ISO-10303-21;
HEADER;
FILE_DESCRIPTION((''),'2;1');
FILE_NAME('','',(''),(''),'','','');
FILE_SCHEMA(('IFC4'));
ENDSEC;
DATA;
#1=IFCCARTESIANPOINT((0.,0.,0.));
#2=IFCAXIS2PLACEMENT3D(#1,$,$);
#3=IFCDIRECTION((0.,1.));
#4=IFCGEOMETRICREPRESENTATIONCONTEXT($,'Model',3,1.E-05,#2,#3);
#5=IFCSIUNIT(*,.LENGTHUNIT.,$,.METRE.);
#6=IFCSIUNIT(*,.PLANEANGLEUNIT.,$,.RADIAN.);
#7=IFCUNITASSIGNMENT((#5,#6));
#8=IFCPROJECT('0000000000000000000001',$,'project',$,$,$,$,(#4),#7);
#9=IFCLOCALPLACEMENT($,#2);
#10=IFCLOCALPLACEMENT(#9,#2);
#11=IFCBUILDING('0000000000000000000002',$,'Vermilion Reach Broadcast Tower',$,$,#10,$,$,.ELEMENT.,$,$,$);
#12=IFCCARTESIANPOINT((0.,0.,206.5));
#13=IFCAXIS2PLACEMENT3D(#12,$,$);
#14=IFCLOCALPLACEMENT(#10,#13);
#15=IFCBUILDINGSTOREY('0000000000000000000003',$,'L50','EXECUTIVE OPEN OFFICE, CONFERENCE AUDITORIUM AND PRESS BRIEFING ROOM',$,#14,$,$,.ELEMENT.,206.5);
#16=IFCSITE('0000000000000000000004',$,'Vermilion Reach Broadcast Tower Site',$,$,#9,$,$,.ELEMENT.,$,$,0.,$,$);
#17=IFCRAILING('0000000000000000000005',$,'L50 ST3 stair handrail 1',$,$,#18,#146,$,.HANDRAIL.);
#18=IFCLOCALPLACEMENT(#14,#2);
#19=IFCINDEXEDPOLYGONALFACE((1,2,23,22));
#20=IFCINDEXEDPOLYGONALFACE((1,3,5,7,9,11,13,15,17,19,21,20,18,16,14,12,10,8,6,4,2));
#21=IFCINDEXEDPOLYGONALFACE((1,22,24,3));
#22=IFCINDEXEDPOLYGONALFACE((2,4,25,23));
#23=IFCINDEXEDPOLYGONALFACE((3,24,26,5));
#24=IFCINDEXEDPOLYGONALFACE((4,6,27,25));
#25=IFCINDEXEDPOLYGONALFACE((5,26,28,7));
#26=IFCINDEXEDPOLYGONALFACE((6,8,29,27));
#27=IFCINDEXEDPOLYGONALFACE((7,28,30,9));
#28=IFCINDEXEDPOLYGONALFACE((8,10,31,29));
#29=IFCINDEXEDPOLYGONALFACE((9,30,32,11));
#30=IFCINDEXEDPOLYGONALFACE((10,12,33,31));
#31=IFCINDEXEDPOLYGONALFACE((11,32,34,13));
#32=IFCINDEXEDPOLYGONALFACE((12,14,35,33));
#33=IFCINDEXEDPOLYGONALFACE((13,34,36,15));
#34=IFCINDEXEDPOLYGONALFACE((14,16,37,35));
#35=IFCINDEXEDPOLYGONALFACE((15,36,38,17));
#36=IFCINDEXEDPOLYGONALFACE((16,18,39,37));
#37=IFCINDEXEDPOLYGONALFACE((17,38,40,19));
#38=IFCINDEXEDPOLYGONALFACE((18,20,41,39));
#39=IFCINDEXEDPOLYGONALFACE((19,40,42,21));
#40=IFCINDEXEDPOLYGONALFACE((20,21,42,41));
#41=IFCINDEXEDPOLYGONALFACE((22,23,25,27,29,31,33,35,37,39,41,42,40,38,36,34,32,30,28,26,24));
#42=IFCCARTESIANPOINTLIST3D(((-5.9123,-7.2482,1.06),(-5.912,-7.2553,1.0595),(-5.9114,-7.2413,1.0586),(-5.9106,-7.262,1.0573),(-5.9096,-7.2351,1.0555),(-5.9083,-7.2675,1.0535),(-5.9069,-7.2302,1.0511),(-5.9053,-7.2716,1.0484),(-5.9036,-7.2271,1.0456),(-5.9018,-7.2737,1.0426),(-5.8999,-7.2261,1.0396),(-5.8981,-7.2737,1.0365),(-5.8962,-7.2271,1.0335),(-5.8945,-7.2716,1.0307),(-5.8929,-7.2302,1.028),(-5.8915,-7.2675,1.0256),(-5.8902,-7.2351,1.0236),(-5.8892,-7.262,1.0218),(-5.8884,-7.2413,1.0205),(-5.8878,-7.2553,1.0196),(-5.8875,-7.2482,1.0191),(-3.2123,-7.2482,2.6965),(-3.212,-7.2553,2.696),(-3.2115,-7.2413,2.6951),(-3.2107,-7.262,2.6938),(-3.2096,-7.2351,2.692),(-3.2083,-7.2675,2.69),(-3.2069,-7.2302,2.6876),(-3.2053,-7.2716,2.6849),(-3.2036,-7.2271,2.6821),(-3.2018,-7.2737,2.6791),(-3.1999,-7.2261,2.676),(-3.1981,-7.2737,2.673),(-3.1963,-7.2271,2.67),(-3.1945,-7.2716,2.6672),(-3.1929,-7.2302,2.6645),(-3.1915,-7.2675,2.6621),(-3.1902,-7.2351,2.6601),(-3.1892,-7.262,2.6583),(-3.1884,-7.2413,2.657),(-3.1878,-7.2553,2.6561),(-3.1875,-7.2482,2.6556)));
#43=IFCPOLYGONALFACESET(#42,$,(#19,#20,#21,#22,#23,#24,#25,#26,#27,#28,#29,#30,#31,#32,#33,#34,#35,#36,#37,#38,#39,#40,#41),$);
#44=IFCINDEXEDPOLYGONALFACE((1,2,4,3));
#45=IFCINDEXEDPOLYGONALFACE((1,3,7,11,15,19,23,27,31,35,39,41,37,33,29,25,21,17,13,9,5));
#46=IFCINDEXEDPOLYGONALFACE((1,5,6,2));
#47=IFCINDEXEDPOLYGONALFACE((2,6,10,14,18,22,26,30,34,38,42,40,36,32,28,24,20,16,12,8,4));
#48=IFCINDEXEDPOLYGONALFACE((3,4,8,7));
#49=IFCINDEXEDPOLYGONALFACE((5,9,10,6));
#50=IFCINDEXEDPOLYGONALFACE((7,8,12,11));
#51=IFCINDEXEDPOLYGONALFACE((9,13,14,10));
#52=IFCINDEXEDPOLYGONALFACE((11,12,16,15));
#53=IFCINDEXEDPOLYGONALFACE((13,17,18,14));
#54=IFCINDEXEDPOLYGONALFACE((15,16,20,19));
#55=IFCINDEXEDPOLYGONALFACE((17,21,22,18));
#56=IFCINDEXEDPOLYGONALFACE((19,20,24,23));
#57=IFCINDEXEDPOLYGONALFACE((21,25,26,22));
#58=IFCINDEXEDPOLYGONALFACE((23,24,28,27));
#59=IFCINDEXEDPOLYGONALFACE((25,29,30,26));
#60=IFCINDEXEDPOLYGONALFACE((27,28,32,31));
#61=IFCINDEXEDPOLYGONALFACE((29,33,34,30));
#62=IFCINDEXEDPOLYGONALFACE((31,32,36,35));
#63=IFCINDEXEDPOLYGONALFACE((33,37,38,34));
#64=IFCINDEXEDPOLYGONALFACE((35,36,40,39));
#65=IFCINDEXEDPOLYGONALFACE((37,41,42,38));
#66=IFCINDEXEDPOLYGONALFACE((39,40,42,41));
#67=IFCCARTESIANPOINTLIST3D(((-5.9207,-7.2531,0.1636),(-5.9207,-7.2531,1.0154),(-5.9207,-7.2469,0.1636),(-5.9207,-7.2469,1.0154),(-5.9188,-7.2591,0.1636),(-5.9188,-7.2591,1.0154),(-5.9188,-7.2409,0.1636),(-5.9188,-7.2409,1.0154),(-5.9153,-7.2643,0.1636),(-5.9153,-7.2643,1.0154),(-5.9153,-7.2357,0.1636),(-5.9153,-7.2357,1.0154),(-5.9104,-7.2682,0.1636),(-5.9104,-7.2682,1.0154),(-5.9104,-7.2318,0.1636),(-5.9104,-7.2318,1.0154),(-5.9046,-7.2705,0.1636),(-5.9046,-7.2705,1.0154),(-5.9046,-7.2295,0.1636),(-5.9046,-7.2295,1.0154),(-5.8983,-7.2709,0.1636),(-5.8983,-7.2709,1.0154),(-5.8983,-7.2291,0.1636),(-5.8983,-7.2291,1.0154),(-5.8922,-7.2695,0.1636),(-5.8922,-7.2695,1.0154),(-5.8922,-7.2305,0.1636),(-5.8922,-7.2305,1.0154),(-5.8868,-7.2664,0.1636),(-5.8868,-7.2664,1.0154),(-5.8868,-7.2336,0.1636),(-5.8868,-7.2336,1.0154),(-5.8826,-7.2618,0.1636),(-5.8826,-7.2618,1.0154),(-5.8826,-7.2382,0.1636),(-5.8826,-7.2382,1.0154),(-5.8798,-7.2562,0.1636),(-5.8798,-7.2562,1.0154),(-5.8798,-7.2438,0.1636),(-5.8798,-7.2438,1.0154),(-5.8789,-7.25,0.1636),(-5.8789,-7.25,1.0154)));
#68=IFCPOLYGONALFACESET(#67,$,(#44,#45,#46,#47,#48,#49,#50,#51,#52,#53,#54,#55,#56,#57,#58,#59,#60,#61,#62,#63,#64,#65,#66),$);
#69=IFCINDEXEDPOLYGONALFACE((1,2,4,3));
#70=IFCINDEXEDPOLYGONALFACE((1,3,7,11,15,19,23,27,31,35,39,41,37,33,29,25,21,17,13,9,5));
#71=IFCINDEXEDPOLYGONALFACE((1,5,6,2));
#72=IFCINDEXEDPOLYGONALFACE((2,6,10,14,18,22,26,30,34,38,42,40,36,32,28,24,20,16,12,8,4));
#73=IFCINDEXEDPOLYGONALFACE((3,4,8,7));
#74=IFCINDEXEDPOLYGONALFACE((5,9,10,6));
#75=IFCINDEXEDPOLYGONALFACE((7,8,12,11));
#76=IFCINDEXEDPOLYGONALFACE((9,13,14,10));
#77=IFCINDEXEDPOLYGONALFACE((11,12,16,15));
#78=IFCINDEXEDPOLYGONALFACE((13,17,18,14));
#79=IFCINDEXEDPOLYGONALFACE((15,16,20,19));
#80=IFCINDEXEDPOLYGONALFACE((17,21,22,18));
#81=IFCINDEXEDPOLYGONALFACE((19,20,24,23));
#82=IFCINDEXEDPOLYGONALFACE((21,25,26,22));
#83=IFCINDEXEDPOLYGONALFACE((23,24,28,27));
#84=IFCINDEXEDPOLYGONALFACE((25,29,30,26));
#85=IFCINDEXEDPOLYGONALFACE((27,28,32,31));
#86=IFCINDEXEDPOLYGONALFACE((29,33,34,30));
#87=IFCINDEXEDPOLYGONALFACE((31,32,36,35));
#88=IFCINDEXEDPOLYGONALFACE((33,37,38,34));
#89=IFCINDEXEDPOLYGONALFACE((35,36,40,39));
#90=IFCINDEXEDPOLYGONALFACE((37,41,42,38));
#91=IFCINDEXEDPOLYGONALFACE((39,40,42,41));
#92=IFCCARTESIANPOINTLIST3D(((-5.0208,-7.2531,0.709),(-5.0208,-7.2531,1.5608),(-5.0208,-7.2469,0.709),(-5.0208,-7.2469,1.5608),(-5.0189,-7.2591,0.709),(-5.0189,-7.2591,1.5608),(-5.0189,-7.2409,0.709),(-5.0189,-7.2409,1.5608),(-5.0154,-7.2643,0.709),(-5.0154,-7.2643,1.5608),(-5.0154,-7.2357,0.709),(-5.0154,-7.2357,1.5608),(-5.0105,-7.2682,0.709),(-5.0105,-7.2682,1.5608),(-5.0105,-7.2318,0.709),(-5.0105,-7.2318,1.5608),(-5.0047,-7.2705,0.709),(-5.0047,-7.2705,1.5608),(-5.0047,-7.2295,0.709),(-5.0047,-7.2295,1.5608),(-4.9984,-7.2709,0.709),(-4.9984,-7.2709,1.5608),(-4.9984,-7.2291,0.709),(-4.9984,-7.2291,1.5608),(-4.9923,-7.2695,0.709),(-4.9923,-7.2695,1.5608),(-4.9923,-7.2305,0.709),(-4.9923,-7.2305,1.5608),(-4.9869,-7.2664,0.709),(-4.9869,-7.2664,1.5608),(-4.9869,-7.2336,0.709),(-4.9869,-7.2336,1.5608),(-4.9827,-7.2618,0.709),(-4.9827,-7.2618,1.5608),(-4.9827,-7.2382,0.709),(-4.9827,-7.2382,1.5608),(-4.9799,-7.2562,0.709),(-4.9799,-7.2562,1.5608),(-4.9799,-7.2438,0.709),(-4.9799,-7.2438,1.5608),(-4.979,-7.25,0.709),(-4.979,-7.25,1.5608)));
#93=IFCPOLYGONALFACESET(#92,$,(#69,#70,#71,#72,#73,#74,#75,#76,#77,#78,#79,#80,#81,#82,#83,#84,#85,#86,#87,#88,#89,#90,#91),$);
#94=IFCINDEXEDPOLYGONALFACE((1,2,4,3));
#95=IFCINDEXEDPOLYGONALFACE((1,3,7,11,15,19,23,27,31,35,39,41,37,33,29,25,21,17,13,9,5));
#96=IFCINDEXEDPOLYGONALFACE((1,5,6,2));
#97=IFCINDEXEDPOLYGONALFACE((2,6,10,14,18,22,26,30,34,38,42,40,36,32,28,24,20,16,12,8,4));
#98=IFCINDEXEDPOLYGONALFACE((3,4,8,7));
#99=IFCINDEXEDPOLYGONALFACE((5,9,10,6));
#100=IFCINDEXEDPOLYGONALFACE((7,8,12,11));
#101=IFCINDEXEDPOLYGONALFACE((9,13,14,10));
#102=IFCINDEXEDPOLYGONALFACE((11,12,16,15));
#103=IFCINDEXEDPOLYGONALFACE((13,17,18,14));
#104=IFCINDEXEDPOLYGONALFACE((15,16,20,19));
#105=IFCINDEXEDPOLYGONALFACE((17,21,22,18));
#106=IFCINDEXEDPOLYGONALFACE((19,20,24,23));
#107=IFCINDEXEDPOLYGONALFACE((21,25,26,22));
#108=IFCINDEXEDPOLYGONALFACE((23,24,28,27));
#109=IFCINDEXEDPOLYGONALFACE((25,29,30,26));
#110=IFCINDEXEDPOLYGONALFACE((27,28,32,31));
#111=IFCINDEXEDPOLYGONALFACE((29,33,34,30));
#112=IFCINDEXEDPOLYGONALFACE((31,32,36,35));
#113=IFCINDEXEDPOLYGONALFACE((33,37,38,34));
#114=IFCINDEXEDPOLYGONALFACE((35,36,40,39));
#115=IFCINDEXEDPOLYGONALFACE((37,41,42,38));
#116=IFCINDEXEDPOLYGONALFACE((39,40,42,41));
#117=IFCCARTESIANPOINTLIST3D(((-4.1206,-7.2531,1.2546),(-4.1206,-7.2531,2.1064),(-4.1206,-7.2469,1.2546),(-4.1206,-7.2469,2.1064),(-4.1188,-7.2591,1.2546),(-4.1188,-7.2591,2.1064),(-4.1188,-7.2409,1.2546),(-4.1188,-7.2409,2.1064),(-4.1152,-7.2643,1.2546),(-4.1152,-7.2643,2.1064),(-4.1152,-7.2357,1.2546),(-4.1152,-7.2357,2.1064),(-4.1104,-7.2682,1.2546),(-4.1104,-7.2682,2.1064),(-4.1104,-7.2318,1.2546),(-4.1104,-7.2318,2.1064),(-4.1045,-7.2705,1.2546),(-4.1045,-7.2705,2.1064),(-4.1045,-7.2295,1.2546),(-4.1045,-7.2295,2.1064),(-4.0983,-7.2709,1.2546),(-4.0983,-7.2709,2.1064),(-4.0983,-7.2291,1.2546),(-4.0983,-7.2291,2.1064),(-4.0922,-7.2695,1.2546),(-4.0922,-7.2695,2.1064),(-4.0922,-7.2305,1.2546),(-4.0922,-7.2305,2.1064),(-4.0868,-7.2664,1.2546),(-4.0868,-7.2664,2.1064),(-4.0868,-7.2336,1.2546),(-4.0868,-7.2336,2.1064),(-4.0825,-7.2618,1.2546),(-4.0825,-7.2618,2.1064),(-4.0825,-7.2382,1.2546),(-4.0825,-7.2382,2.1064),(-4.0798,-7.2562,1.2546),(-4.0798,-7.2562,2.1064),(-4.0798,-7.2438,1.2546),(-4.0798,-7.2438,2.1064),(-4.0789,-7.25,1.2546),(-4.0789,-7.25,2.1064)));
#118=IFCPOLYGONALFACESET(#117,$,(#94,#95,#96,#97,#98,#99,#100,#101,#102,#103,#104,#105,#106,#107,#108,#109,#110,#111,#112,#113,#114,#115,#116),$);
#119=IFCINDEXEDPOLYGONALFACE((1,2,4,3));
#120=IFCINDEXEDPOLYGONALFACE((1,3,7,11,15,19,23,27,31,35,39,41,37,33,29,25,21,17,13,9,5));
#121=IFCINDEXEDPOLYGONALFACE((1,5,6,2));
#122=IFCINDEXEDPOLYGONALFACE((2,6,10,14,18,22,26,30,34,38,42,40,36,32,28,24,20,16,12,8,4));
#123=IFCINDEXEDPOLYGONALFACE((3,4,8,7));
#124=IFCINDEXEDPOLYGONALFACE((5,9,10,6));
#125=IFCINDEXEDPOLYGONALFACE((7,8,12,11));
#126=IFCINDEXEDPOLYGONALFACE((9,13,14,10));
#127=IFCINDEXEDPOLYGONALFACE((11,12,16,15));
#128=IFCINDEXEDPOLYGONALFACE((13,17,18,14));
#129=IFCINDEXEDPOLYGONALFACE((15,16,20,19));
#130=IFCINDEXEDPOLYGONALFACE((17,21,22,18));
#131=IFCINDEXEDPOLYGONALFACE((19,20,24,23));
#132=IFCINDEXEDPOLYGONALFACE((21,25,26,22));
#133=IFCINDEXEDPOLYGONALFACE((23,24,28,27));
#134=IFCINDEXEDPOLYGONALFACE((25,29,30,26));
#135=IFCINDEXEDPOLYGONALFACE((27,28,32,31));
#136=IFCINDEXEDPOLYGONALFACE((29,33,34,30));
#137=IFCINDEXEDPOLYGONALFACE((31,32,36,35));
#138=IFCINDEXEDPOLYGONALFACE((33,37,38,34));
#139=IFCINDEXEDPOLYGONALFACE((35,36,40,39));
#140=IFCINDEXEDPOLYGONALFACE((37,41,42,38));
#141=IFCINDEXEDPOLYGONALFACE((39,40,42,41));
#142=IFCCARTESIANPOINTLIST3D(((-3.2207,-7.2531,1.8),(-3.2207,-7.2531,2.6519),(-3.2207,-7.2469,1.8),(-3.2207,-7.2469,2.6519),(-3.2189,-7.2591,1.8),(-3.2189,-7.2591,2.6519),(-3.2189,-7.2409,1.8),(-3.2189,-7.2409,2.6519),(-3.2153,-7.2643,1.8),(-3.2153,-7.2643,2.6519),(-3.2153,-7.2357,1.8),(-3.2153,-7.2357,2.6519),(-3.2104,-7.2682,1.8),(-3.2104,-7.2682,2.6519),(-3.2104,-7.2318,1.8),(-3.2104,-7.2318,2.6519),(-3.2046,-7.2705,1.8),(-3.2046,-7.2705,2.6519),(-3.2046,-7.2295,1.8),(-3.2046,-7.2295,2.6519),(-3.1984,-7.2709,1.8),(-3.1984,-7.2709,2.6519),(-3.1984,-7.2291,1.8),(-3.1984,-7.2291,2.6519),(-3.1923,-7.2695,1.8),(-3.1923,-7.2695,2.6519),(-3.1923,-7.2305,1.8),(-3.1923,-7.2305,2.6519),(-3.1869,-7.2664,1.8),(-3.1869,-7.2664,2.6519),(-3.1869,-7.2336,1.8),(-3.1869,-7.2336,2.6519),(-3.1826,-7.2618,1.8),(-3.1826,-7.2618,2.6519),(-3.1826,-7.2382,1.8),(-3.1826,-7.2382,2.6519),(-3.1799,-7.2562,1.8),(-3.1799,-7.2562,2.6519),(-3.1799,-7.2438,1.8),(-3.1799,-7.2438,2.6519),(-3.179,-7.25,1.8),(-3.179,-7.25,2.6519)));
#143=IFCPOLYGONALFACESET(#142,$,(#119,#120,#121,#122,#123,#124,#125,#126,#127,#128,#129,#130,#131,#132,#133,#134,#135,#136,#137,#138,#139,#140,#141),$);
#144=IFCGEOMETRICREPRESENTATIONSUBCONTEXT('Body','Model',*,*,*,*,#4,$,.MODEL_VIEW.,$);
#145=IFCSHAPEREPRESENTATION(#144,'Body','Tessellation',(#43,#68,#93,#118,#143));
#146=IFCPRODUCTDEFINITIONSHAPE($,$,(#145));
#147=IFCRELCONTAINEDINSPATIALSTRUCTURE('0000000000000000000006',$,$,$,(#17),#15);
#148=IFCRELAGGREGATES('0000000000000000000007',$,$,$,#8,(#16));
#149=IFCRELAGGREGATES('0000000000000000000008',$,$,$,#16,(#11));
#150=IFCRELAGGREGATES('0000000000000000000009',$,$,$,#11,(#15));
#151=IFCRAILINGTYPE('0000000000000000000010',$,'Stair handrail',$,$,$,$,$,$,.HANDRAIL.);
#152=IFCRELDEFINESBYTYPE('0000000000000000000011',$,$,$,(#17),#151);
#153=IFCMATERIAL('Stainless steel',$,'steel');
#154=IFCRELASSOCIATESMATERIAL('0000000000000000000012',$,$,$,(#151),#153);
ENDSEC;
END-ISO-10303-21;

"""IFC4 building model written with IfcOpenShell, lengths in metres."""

from ifc_helpers import new_model, si_unit, direction, frame, origin, origin_2d, place, context, subcontext, project, spatial, circle, extrude, material, type_object, element, save


model = new_model("IFC4")

# Units and contexts
model_context = context("Model", 3, precision=1e-05, world=origin(), true_north=direction((0.0, 1.0)))
body_context = subcontext(model_context, "Body", "Model", "MODEL_VIEW")
ifc_project = project(units=[si_unit("LENGTHUNIT", "METRE"), si_unit("PLANEANGLEUNIT", "RADIAN")], contexts=[model_context])

# Site, building, storey
site_placement = place(None, origin())
site = spatial("IfcSite", under=ifc_project, at=site_placement, Name="Vermilion Reach Broadcast Tower Site", CompositionType="ELEMENT", RefElevation=0.0)
building_placement = place(site_placement, origin())
building = spatial("IfcBuilding", under=site, at=building_placement, Name="Vermilion Reach Broadcast Tower", CompositionType="ELEMENT")
storey_placement = place(building_placement, frame((0.0, 0.0, 206.5)))
storey = spatial("IfcBuildingStorey", under=building, at=storey_placement, Name="L50", Description="EXECUTIVE OPEN OFFICE, CONFERENCE AUDITORIUM AND PRESS BRIEFING ROOM", CompositionType="ELEMENT", Elevation=206.5)

# Railing
ifc_material_1 = material(Name="Stainless steel", Category="steel")
railing_type_1 = type_object("IfcRailingType", Name="Stair handrail", PredefinedType="HANDRAIL", material=ifc_material_1)
railing_1_placement = place(storey_placement, frame((-5.8999, -7.25, 0.1636)))
element("IfcRailing", 1, at=railing_1_placement, inside=storey, type_object=railing_type_1, Name="L50 ST3 stair handrail 1", PredefinedType="HANDRAIL", context=body_context, shape_type="SweptSolid", body=[
    extrude(circle(Radius=0.0239, at=origin_2d()), frame((0.0, 0.0, 0.876), z_axis=(0.855178, 0.0, 0.518334), x_axis=(0.0, 1.0, 0.0)), (0.0, 0.0, 1.0), 3.1572),
    extrude(circle(Radius=0.021, at=origin_2d()), origin(), (0.0, 0.0, 1.0), 0.8518),
    extrude(circle(Radius=0.021, at=origin_2d()), frame((0.8999, 0.0, 0.5454)), (0.0, 0.0, 1.0), 0.8518),
    extrude(circle(Radius=0.021, at=origin_2d()), frame((1.8, 0.0, 1.0911)), (0.0, 0.0, 1.0), 0.8518),
    extrude(circle(Radius=0.021, at=origin_2d()), frame((2.7, 0.0, 1.6365)), (0.0, 0.0, 1.0), 0.8518),
])

save(model, "model.ifc")
